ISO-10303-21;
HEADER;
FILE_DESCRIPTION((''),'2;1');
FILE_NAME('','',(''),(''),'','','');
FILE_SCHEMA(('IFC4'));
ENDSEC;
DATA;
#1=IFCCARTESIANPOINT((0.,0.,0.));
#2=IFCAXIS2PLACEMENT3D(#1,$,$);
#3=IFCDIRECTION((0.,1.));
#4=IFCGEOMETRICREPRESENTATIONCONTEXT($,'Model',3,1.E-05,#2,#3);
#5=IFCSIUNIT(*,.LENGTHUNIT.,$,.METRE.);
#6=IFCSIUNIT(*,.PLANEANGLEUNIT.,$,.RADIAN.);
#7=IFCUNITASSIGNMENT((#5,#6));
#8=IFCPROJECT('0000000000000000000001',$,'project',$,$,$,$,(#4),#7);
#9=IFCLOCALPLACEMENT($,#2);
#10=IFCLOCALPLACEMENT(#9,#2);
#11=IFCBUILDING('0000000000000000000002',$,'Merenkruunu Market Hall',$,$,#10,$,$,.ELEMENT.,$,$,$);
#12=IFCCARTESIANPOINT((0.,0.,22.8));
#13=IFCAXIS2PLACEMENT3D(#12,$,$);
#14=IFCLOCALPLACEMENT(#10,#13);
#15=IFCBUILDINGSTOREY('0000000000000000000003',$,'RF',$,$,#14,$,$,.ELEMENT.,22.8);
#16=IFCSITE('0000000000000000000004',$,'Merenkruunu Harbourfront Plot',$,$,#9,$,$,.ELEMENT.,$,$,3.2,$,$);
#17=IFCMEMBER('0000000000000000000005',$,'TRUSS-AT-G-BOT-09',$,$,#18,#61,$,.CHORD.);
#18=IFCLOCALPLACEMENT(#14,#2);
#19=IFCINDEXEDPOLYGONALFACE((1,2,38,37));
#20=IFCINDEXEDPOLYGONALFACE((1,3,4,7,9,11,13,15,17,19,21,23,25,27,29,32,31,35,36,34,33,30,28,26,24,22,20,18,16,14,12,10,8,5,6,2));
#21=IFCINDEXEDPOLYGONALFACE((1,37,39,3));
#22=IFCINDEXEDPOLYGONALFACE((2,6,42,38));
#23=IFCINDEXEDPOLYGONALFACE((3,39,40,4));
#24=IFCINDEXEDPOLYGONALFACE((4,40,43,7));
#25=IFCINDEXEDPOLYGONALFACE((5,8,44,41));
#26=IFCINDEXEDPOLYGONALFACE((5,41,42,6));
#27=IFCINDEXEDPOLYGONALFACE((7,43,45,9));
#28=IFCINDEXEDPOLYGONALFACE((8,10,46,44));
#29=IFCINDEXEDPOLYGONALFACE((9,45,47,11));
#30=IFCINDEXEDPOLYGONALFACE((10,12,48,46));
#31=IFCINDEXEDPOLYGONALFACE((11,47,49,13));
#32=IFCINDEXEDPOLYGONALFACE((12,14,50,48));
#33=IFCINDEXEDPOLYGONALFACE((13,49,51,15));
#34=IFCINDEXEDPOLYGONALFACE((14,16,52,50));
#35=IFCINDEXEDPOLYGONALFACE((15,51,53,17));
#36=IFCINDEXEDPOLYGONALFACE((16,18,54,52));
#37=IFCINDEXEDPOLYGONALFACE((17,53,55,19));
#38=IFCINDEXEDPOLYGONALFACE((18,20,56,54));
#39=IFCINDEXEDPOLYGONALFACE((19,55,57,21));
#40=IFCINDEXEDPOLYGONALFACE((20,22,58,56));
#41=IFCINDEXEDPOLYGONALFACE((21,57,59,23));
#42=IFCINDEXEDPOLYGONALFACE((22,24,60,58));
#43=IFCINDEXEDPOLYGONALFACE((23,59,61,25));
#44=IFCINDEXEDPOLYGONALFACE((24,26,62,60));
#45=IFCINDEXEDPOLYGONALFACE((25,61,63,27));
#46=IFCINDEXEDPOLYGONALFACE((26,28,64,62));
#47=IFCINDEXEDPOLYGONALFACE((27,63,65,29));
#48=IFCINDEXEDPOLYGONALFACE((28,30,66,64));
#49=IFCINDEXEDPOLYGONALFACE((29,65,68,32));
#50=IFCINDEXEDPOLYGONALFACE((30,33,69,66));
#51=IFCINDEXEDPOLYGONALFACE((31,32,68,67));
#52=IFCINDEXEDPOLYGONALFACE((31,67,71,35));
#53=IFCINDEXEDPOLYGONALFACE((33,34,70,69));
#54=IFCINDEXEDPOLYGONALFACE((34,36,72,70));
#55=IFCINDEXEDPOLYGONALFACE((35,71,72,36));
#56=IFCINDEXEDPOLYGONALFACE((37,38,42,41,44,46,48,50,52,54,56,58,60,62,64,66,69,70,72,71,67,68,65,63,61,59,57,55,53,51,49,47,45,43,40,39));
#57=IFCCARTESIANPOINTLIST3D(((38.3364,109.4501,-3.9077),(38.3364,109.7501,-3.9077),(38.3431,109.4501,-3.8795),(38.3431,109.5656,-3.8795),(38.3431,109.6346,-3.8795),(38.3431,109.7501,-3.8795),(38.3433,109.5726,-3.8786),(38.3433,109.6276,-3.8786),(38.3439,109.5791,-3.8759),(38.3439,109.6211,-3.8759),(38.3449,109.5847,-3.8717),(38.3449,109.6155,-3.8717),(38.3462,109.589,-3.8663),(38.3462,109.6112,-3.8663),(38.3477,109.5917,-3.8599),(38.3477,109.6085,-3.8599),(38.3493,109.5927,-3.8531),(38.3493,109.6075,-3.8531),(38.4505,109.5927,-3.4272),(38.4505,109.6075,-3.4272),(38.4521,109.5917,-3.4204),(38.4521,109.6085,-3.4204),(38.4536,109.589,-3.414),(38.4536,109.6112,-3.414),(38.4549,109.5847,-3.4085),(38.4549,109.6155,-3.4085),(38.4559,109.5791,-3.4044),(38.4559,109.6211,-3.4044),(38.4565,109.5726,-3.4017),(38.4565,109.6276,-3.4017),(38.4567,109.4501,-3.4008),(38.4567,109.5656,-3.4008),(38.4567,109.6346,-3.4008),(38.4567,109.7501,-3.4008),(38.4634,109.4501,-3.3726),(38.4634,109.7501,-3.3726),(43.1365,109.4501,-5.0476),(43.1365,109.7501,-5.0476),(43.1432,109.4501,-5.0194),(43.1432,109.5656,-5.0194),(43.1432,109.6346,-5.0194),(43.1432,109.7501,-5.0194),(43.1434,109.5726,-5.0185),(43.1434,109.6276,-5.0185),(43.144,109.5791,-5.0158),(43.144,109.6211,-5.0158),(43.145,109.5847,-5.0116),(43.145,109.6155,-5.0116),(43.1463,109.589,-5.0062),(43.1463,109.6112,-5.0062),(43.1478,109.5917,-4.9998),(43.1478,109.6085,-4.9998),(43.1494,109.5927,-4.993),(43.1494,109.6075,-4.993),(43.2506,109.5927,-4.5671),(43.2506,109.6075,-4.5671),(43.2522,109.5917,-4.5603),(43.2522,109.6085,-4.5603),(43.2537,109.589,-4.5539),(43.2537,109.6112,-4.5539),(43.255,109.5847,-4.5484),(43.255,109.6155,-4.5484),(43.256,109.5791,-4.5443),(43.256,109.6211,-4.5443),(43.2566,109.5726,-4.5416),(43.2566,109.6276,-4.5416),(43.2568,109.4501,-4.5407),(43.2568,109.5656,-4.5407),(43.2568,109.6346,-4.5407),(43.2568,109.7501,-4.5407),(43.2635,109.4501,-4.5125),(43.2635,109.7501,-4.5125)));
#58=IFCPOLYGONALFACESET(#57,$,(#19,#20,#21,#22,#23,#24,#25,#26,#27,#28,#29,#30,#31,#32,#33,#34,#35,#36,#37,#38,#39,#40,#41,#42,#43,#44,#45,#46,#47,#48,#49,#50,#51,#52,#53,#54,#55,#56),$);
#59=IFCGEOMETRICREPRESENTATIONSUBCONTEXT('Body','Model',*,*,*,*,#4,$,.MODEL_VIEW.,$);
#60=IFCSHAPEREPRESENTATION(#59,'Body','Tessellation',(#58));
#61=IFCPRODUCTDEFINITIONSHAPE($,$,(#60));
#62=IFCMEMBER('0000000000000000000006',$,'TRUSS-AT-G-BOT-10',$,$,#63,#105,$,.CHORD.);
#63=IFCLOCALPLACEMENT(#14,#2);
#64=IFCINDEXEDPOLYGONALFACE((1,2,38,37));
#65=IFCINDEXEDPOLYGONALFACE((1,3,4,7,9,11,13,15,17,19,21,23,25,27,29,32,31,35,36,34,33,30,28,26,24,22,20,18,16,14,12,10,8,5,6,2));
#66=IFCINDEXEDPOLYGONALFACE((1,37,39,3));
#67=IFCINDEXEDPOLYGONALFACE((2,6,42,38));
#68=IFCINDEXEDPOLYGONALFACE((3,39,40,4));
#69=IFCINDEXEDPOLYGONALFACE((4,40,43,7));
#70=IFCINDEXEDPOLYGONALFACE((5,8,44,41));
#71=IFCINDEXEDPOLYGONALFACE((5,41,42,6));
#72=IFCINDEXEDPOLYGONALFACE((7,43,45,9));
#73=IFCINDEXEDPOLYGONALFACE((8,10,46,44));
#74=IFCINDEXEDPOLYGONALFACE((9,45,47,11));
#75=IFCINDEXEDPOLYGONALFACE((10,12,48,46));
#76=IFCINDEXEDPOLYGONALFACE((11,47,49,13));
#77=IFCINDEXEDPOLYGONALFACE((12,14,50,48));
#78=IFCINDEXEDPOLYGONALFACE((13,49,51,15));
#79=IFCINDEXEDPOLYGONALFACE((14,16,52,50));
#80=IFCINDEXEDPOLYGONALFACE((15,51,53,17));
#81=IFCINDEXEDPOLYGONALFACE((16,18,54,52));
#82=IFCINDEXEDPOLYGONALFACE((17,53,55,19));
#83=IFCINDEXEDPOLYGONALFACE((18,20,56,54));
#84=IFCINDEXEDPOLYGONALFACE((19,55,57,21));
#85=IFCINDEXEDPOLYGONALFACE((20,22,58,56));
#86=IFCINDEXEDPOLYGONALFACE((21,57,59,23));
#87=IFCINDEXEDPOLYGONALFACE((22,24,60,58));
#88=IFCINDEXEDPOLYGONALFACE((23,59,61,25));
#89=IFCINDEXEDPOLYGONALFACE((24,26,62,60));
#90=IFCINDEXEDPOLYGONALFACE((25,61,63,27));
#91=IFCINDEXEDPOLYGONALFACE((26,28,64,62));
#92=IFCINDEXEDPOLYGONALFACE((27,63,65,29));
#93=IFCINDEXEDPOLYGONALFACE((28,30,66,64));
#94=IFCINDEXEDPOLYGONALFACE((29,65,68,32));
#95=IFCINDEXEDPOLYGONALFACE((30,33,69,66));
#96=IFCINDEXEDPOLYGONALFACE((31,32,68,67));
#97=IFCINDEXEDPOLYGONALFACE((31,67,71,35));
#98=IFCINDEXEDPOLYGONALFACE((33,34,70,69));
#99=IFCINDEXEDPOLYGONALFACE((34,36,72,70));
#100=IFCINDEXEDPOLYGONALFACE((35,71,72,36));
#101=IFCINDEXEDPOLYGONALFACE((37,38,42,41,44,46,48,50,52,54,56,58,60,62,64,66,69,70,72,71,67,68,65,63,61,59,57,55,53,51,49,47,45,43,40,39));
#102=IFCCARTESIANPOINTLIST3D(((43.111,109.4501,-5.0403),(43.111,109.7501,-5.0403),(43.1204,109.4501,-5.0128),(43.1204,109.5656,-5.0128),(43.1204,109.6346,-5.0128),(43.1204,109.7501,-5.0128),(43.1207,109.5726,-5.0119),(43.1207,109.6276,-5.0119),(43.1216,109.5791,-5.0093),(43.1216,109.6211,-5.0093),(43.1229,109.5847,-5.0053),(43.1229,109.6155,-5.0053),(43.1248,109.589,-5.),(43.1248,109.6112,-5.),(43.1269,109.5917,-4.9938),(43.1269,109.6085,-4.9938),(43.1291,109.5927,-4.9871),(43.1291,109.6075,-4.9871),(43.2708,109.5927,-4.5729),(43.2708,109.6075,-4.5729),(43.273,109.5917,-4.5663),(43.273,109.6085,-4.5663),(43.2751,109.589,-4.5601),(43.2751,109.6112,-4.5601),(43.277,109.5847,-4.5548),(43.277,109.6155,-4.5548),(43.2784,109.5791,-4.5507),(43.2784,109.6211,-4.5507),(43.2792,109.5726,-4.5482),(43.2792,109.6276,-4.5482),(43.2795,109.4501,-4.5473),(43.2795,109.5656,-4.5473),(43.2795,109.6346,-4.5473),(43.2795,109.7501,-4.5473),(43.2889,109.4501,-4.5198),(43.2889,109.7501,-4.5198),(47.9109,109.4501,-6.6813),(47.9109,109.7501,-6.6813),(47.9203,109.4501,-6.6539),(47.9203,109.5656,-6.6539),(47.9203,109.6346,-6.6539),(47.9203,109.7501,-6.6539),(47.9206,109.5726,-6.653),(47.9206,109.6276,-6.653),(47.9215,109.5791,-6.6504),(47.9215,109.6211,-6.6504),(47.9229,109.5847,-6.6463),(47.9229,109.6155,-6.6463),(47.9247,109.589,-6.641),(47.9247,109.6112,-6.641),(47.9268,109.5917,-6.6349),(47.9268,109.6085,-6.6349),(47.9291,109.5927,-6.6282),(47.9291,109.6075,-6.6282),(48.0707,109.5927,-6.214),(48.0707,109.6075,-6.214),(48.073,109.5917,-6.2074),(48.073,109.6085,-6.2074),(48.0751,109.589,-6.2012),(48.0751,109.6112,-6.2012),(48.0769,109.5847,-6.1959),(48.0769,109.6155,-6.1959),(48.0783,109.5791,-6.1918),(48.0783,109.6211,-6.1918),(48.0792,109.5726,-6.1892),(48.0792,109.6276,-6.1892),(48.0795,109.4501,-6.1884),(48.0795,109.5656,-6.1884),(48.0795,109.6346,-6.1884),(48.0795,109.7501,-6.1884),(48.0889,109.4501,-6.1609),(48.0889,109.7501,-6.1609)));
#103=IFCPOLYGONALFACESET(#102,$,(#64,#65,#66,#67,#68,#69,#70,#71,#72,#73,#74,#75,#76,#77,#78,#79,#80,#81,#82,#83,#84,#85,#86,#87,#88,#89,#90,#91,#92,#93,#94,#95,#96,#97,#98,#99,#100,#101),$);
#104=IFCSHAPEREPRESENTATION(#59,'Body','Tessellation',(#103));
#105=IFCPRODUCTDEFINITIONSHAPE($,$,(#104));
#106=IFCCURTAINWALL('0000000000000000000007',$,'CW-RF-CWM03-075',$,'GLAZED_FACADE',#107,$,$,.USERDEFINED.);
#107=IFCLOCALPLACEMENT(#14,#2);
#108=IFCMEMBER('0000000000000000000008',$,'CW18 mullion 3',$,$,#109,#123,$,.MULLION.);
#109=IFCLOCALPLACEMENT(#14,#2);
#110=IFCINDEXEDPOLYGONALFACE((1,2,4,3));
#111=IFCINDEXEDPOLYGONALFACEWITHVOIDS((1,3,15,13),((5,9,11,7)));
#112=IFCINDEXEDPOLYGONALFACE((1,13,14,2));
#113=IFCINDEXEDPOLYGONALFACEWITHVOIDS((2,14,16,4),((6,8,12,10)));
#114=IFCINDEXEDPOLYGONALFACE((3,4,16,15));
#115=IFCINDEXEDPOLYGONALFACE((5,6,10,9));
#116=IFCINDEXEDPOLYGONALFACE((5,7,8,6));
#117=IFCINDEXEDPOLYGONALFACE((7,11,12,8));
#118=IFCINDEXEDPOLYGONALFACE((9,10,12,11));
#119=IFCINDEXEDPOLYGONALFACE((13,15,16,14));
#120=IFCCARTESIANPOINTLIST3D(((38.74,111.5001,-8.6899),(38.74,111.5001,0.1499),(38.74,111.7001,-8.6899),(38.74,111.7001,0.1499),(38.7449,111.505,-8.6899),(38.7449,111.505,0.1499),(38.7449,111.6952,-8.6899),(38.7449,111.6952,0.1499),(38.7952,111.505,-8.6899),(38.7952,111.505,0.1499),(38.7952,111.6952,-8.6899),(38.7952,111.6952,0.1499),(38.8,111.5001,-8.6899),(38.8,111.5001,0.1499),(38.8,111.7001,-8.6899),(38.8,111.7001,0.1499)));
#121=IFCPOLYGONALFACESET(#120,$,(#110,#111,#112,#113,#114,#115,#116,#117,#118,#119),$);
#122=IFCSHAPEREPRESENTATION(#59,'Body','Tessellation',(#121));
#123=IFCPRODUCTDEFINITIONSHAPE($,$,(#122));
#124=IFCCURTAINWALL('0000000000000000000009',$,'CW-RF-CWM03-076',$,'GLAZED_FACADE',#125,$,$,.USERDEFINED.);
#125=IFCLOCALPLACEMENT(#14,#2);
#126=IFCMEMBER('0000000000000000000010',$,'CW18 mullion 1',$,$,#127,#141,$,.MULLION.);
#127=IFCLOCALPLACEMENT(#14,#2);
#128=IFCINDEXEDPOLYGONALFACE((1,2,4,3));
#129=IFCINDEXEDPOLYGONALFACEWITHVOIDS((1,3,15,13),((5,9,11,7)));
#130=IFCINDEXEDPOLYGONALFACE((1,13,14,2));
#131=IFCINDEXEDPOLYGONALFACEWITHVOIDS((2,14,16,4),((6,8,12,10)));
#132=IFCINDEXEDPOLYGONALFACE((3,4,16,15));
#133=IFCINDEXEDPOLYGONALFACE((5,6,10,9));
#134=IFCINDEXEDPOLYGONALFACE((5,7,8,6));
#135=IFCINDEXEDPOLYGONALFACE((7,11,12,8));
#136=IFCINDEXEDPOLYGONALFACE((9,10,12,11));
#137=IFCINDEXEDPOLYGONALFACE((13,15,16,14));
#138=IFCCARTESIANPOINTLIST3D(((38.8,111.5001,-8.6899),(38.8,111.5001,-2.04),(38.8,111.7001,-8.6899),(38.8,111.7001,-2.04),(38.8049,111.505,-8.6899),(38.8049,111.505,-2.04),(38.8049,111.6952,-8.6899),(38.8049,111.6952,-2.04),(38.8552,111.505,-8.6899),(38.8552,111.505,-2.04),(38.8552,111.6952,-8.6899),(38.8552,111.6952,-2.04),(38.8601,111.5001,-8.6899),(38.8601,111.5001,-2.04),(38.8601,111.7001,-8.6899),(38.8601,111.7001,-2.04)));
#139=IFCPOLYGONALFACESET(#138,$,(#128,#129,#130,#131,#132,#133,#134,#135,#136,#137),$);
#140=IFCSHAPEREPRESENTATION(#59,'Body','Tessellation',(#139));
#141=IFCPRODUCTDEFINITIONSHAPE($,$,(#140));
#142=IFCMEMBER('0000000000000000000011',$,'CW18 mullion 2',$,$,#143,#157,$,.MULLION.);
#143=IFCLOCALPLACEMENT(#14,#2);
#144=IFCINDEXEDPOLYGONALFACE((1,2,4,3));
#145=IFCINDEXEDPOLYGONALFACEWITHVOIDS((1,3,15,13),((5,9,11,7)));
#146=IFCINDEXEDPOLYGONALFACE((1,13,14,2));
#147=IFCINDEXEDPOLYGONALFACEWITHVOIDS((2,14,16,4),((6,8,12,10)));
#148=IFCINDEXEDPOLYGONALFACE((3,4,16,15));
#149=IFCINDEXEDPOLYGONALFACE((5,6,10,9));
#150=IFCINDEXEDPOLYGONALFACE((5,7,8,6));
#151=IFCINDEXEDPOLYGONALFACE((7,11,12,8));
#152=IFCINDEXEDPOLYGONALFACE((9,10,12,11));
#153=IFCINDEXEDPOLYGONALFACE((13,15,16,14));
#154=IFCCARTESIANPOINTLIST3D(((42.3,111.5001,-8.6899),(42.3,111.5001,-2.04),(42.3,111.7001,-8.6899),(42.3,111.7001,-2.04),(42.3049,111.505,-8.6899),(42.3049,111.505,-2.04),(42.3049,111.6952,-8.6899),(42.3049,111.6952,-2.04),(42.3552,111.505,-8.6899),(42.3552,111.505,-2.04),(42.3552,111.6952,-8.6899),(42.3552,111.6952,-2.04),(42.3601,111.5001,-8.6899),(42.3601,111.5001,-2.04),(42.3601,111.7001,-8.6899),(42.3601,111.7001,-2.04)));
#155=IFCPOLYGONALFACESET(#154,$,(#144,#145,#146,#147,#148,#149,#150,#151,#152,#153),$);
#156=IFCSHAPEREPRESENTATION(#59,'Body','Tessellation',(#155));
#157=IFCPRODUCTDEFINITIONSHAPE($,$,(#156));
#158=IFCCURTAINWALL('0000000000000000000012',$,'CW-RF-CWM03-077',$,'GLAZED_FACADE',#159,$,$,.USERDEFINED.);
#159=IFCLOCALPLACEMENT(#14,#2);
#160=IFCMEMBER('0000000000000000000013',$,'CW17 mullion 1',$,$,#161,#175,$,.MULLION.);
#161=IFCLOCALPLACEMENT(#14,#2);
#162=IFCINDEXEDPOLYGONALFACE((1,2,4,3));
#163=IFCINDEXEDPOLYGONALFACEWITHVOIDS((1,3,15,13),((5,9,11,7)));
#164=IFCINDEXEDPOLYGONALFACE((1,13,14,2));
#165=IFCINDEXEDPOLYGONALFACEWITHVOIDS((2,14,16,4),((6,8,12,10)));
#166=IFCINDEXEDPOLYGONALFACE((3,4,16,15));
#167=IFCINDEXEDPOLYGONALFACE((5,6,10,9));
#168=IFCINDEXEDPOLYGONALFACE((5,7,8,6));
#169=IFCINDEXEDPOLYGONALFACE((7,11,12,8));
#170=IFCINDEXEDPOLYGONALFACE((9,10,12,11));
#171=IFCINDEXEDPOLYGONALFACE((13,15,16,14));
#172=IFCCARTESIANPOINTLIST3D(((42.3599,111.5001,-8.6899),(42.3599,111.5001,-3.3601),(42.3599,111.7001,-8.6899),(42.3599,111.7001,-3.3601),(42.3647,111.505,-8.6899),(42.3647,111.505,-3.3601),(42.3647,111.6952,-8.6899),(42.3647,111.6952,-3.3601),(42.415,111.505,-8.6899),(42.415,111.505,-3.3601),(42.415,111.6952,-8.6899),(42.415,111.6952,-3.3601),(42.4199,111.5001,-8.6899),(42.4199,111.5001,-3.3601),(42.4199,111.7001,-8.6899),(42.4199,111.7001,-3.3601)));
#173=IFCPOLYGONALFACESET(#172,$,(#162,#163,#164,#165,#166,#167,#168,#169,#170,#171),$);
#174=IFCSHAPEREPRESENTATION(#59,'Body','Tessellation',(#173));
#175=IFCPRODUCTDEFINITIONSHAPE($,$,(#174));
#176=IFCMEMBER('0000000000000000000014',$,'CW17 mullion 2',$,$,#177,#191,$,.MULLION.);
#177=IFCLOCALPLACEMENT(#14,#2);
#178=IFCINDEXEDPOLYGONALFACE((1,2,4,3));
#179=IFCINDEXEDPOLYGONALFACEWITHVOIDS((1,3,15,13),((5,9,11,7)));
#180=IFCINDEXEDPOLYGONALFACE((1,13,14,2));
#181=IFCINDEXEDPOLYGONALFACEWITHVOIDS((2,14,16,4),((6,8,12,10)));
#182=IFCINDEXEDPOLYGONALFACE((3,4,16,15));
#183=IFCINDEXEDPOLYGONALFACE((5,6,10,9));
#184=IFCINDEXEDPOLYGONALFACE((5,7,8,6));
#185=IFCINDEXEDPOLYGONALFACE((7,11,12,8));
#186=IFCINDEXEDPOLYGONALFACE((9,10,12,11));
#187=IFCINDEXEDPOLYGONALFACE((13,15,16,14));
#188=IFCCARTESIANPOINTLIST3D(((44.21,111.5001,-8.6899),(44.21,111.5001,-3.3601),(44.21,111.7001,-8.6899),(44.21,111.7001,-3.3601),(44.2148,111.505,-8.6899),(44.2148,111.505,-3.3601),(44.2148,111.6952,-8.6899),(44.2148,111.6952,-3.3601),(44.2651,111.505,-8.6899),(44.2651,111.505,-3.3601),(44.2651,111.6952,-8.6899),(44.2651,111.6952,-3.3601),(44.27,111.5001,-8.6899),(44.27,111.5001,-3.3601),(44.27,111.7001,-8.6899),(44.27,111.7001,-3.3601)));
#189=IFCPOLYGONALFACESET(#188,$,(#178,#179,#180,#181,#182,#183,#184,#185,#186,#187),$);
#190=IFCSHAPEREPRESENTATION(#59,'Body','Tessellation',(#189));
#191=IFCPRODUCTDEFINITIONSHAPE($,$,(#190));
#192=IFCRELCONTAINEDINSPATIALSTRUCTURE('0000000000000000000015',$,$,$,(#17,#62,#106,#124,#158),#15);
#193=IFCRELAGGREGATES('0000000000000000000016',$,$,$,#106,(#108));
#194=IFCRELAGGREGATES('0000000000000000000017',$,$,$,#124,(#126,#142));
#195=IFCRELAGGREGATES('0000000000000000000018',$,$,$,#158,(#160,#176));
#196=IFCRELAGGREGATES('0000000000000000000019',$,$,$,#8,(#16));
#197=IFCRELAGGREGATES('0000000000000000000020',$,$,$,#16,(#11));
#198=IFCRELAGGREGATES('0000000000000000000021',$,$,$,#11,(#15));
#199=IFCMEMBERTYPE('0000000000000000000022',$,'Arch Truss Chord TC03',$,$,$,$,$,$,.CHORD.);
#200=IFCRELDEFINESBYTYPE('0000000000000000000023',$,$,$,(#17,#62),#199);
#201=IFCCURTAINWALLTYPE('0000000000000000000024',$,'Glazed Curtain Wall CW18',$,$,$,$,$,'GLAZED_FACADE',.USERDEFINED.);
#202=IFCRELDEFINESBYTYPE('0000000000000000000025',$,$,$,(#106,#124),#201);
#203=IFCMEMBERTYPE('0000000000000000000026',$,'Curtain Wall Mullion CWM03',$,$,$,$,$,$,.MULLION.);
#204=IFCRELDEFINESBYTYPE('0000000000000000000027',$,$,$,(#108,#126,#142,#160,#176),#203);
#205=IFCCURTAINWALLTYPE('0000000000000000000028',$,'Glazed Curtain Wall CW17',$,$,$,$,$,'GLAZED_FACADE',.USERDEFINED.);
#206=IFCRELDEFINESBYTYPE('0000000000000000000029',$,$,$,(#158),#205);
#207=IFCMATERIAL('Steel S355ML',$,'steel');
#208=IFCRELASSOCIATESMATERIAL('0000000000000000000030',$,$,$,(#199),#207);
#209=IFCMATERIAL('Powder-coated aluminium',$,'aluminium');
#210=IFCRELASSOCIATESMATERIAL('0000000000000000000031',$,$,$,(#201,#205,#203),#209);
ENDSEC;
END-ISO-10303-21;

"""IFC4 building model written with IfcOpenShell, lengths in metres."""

from ifc_helpers import new_model, si_unit, direction, frame, origin, origin_2d, place, context, subcontext, project, spatial, hollow_rectangle, i_section, extrude, material, material_profile, profile_set, type_object, element, aggregate, save


model = new_model("IFC4")

# Units and contexts
model_context = context("Model", 3, precision=1e-05, world=origin(), true_north=direction((0.0, 1.0)))
body_context = subcontext(model_context, "Body", "Model", "MODEL_VIEW")
ifc_project = project(units=[si_unit("LENGTHUNIT", "METRE"), si_unit("PLANEANGLEUNIT", "RADIAN")], contexts=[model_context])

# Site, building, storey
site_placement = place(None, origin())
site = spatial("IfcSite", under=ifc_project, at=site_placement, Name="Merenkruunu Harbourfront Plot", CompositionType="ELEMENT", RefElevation=3.2)
building_placement = place(site_placement, origin())
building = spatial("IfcBuilding", under=site, at=building_placement, Name="Merenkruunu Market Hall", CompositionType="ELEMENT")
storey_placement = place(building_placement, frame((0.0, 0.0, 22.8)))
storey = spatial("IfcBuildingStorey", under=building, at=storey_placement, Name="RF", CompositionType="ELEMENT", Elevation=22.8)

# Members
ifc_material_1 = material(Name="Steel S355ML", Category="steel")
ifc_material_profile_1 = material_profile(ifc_material_1, i_section(OverallWidth=0.3, OverallDepth=0.55, WebThickness=0.0149, FlangeThickness=0.0291, FilletRadius=0.0271, at=origin_2d()), Name="HEB 550")
ifc_profile_set_1 = profile_set([ifc_material_profile_1], Name="Steel S355ML")
member_type_1 = type_object("IfcMemberType", Name="Arch Truss Chord TC03", PredefinedType="CHORD", material=ifc_profile_set_1)
member_1_placement = place(storey_placement, frame((38.3999, 109.6001, -3.6401), z_axis=(0.972942, 0.0, -0.23105), x_axis=(0.0, 1.0, 0.0)))
element("IfcMember", 1, at=member_1_placement, inside=storey, type_object=member_type_1, Name="TRUSS-AT-G-BOT-09", PredefinedType="CHORD", context=body_context, shape_type="SweptSolid", body=[
    extrude(i_section(OverallWidth=0.3, OverallDepth=0.55, WebThickness=0.0149, FlangeThickness=0.0291, FilletRadius=0.0271, at=origin_2d()), origin(), (0.0, 0.0, 1.0), 4.9336),
])
member_2_placement = place(storey_placement, frame((43.2, 109.6001, -4.78), z_axis=(0.946225, 0.0, -0.32351), x_axis=(0.0, 1.0, 0.0)))
element("IfcMember", 2, at=member_2_placement, inside=storey, type_object=member_type_1, Name="TRUSS-AT-G-BOT-10", PredefinedType="CHORD", context=body_context, shape_type="SweptSolid", body=[
    extrude(i_section(OverallWidth=0.3, OverallDepth=0.55, WebThickness=0.0149, FlangeThickness=0.0291, FilletRadius=0.0271, at=origin_2d()), origin(), (0.0, 0.0, 1.0), 5.0728),
])

# Curtain wall, member
ifc_material_2 = material(Name="Powder-coated aluminium", Category="aluminium")
curtain_wall_type_1 = type_object("IfcCurtainWallType", Name="Glazed Curtain Wall CW18", ElementType="GLAZED_FACADE", PredefinedType="USERDEFINED", material=ifc_material_2)
curtain_wall_1_placement = place(storey_placement, origin())
curtain_wall_1 = element("IfcCurtainWall", 3, at=curtain_wall_1_placement, inside=storey, type_object=curtain_wall_type_1, Name="CW-RF-CWM03-075", ObjectType="GLAZED_FACADE", PredefinedType="USERDEFINED")
ifc_material_profile_2 = material_profile(ifc_material_2, hollow_rectangle(XDim=0.0601, YDim=0.2, WallThickness=0.0049, at=origin_2d()), Name="ALU 60x200x5")
ifc_profile_set_2 = profile_set([ifc_material_profile_2], Name="Powder-coated aluminium")
member_type_2 = type_object("IfcMemberType", Name="Curtain Wall Mullion CWM03", PredefinedType="MULLION", material=ifc_profile_set_2)
member_3_placement = place(storey_placement, frame((38.77, 111.6001, -8.6899), z_axis=(0.0, 0.0, 1.0), x_axis=(1.0, 0.0, 0.0)))
member_3 = element("IfcMember", 4, at=member_3_placement, type_object=member_type_2, Name="CW18 mullion 3", PredefinedType="MULLION", context=body_context, shape_type="SweptSolid", body=[
    extrude(hollow_rectangle(XDim=0.0601, YDim=0.2, WallThickness=0.0049, at=origin_2d()), origin(), (0.0, 0.0, 1.0), 8.8398),
])
aggregate(curtain_wall_1, [member_3])

# Curtain walls, members
curtain_wall_2_placement = place(storey_placement, origin())
curtain_wall_2 = element("IfcCurtainWall", 5, at=curtain_wall_2_placement, inside=storey, type_object=curtain_wall_type_1, Name="CW-RF-CWM03-076", ObjectType="GLAZED_FACADE", PredefinedType="USERDEFINED")
member_4_placement = place(storey_placement, frame((38.8301, 111.6001, -8.6899), z_axis=(0.0, 0.0, 1.0), x_axis=(1.0, 0.0, 0.0)))
member_4 = element("IfcMember", 6, at=member_4_placement, type_object=member_type_2, Name="CW18 mullion 1", PredefinedType="MULLION", context=body_context, shape_type="SweptSolid", body=[
    extrude(hollow_rectangle(XDim=0.0601, YDim=0.2, WallThickness=0.0049, at=origin_2d()), origin(), (0.0, 0.0, 1.0), 6.6499),
])
member_5_placement = place(storey_placement, frame((42.3301, 111.6001, -8.6899), z_axis=(0.0, 0.0, 1.0), x_axis=(1.0, 0.0, 0.0)))
member_5 = element("IfcMember", 7, at=member_5_placement, type_object=member_type_2, Name="CW18 mullion 2", PredefinedType="MULLION", context=body_context, shape_type="SweptSolid", body=[
    extrude(hollow_rectangle(XDim=0.0601, YDim=0.2, WallThickness=0.0049, at=origin_2d()), origin(), (0.0, 0.0, 1.0), 6.6499),
])
curtain_wall_type_2 = type_object("IfcCurtainWallType", Name="Glazed Curtain Wall CW17", ElementType="GLAZED_FACADE", PredefinedType="USERDEFINED", material=ifc_material_2)
curtain_wall_3_placement = place(storey_placement, origin())
curtain_wall_3 = element("IfcCurtainWall", 8, at=curtain_wall_3_placement, inside=storey, type_object=curtain_wall_type_2, Name="CW-RF-CWM03-077", ObjectType="GLAZED_FACADE", PredefinedType="USERDEFINED")
member_6_placement = place(storey_placement, frame((42.3899, 111.6001, -8.6899), z_axis=(0.0, 0.0, 1.0), x_axis=(1.0, 0.0, 0.0)))
member_6 = element("IfcMember", 9, at=member_6_placement, type_object=member_type_2, Name="CW17 mullion 1", PredefinedType="MULLION", context=body_context, shape_type="SweptSolid", body=[
    extrude(hollow_rectangle(XDim=0.0601, YDim=0.2, WallThickness=0.0049, at=origin_2d()), origin(), (0.0, 0.0, 1.0), 5.3298),
])
member_7_placement = place(storey_placement, frame((44.24, 111.6001, -8.6899), z_axis=(0.0, 0.0, 1.0), x_axis=(1.0, 0.0, 0.0)))
member_7 = element("IfcMember", 10, at=member_7_placement, type_object=member_type_2, Name="CW17 mullion 2", PredefinedType="MULLION", context=body_context, shape_type="SweptSolid", body=[
    extrude(hollow_rectangle(XDim=0.0601, YDim=0.2, WallThickness=0.0049, at=origin_2d()), origin(), (0.0, 0.0, 1.0), 5.3298),
])

aggregate(curtain_wall_2, [member_4, member_5])
aggregate(curtain_wall_3, [member_6, member_7])

save(model, "model.ifc")
